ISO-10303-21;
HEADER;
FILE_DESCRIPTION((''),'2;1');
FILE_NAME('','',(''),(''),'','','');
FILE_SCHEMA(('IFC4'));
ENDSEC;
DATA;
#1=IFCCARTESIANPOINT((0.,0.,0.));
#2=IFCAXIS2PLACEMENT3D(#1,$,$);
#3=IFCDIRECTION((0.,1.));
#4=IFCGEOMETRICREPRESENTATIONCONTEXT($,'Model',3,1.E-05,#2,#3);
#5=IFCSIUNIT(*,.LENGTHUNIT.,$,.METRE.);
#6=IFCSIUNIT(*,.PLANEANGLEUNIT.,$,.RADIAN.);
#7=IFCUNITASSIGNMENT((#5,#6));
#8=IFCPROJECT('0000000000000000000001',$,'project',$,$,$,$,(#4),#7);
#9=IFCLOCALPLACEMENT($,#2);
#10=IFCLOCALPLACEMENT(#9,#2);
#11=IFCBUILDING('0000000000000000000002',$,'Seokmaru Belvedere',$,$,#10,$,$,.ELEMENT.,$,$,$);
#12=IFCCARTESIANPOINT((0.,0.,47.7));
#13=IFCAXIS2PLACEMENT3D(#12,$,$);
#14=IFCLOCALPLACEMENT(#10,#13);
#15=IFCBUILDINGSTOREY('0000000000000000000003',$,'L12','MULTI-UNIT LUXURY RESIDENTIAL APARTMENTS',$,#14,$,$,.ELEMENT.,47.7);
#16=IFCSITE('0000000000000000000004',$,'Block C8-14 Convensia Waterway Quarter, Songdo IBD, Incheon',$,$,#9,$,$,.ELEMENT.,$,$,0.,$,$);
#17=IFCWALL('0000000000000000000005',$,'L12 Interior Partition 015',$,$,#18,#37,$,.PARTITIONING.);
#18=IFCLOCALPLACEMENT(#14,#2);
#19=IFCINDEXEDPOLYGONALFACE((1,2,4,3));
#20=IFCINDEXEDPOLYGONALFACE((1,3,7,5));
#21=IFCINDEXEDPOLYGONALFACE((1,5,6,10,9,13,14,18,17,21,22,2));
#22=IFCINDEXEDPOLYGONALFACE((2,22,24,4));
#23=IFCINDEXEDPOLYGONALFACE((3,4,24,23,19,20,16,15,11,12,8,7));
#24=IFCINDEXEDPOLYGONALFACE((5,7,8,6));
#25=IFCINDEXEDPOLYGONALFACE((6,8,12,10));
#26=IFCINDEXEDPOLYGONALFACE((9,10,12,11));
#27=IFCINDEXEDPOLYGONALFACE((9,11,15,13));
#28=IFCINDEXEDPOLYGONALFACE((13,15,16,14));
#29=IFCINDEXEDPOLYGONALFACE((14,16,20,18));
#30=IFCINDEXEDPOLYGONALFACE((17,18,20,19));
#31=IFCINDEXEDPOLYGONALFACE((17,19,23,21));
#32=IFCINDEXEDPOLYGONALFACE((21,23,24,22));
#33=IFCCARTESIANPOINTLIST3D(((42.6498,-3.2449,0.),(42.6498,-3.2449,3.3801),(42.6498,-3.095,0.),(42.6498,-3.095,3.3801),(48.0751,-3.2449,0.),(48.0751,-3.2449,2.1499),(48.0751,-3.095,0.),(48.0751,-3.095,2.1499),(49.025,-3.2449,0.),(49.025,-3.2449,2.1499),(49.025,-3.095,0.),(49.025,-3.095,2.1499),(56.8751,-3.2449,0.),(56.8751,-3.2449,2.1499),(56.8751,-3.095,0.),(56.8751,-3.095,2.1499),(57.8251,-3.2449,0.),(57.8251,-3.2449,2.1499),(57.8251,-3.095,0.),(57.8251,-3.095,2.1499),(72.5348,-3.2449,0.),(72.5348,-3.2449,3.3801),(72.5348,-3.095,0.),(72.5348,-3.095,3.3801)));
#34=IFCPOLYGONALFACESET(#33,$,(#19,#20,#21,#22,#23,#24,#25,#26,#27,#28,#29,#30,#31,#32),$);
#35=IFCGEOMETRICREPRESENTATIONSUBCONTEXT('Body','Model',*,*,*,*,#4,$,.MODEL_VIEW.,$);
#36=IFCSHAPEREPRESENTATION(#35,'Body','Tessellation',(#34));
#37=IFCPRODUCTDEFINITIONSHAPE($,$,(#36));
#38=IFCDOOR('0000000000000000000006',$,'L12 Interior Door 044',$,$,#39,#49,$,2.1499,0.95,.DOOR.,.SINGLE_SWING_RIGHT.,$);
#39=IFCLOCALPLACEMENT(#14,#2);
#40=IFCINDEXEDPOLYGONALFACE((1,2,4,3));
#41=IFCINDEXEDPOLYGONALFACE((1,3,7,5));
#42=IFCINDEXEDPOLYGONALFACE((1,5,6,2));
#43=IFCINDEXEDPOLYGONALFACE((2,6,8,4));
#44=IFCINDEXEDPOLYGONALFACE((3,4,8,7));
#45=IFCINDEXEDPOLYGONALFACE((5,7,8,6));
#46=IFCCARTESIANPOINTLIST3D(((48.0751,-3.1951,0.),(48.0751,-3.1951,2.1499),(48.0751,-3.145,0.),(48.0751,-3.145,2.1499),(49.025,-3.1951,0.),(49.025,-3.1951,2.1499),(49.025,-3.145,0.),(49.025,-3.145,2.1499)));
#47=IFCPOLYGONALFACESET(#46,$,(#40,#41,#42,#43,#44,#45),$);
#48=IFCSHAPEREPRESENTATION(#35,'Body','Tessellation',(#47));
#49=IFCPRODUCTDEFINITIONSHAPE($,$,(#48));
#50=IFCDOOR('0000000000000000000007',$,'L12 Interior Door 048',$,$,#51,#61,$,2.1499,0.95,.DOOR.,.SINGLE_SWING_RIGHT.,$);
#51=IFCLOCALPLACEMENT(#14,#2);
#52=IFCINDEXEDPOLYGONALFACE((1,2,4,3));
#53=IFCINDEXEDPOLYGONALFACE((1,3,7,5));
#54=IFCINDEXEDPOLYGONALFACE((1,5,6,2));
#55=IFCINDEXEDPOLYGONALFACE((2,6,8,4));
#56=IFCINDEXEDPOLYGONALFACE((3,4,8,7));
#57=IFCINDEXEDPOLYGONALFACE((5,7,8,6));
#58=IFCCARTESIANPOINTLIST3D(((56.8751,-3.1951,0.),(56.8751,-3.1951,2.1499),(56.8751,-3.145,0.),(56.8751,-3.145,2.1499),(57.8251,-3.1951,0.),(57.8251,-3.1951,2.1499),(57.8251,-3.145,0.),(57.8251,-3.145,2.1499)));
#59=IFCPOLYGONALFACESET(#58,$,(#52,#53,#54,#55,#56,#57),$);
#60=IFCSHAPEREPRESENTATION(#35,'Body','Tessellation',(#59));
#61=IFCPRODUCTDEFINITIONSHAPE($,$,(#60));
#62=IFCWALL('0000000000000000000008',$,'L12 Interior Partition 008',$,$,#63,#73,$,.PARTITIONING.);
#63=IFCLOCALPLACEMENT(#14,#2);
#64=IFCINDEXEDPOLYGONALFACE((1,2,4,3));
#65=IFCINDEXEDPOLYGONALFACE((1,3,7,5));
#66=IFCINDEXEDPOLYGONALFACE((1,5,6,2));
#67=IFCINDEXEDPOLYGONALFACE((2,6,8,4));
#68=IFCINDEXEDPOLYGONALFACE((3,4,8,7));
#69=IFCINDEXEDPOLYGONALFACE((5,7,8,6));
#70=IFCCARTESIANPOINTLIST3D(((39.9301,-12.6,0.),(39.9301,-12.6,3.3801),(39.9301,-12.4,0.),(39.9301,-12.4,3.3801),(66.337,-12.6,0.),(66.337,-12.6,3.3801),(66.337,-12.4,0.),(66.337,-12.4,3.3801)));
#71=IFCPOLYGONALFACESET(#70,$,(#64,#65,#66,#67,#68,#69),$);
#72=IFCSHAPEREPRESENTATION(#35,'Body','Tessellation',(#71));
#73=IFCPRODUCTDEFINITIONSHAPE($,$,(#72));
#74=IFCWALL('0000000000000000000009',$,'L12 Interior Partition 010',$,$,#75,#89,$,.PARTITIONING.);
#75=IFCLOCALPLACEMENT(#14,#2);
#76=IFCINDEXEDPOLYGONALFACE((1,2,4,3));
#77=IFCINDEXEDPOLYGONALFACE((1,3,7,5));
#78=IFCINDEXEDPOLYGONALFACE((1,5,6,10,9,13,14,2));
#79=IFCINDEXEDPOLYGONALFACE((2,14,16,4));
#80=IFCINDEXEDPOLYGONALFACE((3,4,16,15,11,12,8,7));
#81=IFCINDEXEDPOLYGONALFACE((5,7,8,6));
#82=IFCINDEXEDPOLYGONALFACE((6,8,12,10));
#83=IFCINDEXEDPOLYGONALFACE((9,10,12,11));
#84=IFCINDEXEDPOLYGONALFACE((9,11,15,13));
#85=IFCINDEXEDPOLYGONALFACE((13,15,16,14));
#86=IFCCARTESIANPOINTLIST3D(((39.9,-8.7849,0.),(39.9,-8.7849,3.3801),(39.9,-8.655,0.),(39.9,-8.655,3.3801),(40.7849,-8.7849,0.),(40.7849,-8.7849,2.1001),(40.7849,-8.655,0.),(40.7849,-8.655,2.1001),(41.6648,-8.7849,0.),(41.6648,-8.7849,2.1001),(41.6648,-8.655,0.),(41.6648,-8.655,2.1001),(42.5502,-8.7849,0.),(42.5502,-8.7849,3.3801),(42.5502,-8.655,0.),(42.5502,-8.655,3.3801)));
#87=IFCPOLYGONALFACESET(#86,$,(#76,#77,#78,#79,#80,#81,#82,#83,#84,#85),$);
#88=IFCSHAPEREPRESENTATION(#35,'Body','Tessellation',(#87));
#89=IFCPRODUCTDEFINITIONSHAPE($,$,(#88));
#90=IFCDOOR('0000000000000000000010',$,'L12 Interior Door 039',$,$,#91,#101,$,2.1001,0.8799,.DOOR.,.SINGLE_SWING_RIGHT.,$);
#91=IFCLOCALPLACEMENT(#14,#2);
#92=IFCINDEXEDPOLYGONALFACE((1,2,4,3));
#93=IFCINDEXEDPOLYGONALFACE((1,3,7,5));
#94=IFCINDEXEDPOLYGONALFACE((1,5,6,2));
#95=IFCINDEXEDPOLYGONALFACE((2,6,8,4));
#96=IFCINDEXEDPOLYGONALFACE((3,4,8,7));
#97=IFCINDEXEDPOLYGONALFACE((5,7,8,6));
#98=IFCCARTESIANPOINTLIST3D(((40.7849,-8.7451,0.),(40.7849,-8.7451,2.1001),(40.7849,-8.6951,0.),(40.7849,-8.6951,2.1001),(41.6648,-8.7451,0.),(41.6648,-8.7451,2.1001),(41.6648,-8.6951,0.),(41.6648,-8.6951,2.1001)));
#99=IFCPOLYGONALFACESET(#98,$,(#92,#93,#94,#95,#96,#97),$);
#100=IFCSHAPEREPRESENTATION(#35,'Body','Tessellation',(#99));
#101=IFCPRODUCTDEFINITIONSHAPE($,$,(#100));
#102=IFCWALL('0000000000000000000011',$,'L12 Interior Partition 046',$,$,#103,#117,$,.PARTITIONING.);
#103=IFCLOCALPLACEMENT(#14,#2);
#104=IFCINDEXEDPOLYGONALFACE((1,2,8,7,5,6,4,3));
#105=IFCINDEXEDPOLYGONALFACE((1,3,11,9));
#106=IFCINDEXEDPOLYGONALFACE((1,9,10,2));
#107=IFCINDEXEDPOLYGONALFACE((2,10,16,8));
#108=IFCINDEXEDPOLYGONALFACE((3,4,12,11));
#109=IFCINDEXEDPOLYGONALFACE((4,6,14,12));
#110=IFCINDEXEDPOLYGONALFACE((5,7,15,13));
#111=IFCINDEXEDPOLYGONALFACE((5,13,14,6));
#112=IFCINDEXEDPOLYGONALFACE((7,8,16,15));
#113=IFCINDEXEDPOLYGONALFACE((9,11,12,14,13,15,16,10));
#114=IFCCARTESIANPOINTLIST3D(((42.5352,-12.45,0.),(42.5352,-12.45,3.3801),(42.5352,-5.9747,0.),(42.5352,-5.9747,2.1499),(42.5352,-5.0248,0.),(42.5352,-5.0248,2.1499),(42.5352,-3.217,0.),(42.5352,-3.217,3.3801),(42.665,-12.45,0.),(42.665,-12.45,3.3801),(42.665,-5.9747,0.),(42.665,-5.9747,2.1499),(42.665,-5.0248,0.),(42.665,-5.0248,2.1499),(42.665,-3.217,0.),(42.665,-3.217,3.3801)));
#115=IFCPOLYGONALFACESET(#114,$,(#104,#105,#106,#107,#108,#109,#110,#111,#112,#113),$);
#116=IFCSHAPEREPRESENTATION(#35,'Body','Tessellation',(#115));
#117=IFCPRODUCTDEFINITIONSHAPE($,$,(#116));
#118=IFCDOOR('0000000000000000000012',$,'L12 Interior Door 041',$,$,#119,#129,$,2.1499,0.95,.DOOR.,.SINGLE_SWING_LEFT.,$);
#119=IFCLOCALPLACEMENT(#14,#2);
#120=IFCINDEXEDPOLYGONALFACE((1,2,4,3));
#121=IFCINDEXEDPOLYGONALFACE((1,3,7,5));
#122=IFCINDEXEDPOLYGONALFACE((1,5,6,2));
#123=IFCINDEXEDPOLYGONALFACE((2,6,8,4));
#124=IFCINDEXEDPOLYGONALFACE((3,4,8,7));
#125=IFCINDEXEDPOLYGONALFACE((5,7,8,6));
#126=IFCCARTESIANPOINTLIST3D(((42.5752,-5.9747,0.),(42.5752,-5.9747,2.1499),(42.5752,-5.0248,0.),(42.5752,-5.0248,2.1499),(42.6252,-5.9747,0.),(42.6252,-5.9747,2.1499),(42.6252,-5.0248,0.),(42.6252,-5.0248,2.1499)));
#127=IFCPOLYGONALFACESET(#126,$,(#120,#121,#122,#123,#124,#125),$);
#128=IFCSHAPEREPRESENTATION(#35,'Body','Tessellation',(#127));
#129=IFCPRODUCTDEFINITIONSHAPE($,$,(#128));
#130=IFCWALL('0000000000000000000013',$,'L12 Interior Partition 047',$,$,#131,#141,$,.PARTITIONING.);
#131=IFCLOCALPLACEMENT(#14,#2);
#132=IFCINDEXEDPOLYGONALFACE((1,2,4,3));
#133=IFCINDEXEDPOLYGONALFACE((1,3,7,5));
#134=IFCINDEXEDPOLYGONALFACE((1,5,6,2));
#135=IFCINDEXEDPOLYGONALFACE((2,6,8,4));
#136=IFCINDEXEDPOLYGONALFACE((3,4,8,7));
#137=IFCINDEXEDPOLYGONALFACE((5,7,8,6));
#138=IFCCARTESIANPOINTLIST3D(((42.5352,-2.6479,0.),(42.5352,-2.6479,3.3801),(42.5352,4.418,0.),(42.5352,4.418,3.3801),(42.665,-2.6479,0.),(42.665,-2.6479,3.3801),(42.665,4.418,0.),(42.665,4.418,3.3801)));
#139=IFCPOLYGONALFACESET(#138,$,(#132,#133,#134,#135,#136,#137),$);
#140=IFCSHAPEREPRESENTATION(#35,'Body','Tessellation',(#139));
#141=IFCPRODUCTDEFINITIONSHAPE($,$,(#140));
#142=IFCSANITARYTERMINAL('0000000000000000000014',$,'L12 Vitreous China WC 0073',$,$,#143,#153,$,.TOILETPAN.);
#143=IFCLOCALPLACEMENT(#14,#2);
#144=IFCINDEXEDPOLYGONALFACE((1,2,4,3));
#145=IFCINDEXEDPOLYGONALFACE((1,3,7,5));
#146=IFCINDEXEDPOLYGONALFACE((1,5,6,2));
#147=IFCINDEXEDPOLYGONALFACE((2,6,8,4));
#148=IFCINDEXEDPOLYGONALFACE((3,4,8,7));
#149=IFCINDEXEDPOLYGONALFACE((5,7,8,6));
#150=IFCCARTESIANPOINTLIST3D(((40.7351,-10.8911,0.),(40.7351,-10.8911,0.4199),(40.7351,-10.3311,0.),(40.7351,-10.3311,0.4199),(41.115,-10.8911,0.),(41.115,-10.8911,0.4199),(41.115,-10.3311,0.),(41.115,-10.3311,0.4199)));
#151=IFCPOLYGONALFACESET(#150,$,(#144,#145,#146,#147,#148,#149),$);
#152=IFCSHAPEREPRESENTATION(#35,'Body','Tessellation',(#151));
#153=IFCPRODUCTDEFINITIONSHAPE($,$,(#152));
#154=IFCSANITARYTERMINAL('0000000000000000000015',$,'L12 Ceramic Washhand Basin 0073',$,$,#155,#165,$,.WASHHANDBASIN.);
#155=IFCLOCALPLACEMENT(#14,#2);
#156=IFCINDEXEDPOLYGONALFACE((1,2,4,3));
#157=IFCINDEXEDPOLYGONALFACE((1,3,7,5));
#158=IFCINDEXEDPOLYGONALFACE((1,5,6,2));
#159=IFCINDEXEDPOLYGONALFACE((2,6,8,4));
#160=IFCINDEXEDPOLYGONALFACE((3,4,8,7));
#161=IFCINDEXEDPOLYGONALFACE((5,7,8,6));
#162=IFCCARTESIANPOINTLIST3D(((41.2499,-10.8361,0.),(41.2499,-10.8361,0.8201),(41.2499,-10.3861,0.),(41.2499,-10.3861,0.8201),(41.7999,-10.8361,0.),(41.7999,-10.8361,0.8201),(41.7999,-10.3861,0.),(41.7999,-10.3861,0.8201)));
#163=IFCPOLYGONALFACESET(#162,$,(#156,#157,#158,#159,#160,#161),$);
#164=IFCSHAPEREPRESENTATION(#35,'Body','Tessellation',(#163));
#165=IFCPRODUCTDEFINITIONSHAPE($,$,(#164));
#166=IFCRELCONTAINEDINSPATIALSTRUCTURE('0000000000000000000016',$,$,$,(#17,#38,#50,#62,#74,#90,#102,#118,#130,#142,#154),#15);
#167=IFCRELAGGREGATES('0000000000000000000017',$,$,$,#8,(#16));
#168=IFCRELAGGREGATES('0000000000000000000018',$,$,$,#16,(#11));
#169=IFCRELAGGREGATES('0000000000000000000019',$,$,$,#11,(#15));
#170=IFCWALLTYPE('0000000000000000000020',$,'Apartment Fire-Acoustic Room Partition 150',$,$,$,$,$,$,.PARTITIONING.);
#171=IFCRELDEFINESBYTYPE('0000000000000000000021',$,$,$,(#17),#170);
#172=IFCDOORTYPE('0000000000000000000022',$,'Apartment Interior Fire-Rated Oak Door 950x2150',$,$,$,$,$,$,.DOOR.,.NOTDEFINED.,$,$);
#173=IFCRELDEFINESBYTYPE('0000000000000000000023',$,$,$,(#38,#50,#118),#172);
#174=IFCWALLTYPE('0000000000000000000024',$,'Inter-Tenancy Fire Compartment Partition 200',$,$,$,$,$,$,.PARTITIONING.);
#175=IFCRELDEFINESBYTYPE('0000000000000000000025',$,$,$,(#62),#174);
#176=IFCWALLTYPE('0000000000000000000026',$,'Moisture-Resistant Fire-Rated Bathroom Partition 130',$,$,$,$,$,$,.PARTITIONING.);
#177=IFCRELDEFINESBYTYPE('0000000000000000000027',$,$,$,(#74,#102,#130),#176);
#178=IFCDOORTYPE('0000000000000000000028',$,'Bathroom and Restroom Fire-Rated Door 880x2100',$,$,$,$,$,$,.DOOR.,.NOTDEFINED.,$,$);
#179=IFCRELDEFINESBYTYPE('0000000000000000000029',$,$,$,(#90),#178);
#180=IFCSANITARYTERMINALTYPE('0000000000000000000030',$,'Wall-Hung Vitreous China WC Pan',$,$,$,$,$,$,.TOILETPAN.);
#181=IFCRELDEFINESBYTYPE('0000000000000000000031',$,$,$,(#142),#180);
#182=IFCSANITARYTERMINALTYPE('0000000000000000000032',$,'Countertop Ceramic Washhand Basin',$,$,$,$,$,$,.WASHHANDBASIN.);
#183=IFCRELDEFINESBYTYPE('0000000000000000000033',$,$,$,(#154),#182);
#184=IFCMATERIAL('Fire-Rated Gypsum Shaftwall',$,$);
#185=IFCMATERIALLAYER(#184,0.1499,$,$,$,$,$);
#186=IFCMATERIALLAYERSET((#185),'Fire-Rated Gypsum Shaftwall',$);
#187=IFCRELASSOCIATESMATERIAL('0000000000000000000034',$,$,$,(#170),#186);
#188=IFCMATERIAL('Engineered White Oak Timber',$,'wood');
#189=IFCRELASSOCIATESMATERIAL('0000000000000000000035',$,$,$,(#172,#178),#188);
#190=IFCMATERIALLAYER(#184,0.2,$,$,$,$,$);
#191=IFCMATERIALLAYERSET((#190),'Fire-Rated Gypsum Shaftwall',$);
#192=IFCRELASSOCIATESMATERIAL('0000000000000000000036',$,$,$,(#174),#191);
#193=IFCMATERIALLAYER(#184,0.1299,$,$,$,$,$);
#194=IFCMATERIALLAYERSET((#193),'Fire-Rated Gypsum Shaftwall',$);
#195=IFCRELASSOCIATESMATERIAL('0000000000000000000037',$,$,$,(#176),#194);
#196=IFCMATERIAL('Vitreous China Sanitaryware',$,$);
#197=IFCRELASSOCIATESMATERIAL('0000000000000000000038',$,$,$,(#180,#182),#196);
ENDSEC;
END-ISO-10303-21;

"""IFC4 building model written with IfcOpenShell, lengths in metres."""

from ifc_helpers import new_model, si_unit, direction, frame, frame_2d, origin, origin_2d, place, context, subcontext, project, spatial, rectangle, extrude, source, transform, mapped, material, layer, layer_set, type_object, type_shapes, element, fill, save


model = new_model("IFC4")

# Units and contexts
model_context = context("Model", 3, precision=1e-05, world=origin(), true_north=direction((0.0, 1.0)))
body_context = subcontext(model_context, "Body", "Model", "MODEL_VIEW")
ifc_project = project(units=[si_unit("LENGTHUNIT", "METRE"), si_unit("PLANEANGLEUNIT", "RADIAN")], contexts=[model_context])

# Site, building, storey
site_placement = place(None, origin())
site = spatial("IfcSite", under=ifc_project, at=site_placement, Name="Block C8-14 Convensia Waterway Quarter, Songdo IBD, Incheon", CompositionType="ELEMENT", RefElevation=0.0)
building_placement = place(site_placement, origin())
building = spatial("IfcBuilding", under=site, at=building_placement, Name="Seokmaru Belvedere", CompositionType="ELEMENT")
storey_placement = place(building_placement, frame((0.0, 0.0, 47.7)))
storey = spatial("IfcBuildingStorey", under=building, at=storey_placement, Name="L12", Description="MULTI-UNIT LUXURY RESIDENTIAL APARTMENTS", CompositionType="ELEMENT", Elevation=47.7)

# Wall, openings, doors
ifc_material_1 = material(Name="Fire-Rated Gypsum Shaftwall")
ifc_layer_1 = layer(ifc_material_1, 0.1499)
ifc_layer_set_1 = layer_set([ifc_layer_1], Name="Fire-Rated Gypsum Shaftwall")
wall_type_1 = type_object("IfcWallType", Name="Apartment Fire-Acoustic Room Partition 150", PredefinedType="PARTITIONING", material=ifc_layer_set_1)
ifc_material_2 = material(Name="Engineered White Oak Timber", Category="wood")
door_type_1 = type_object("IfcDoorType", Name="Apartment Interior Fire-Rated Oak Door 950x2150", OperationType="NOTDEFINED", PredefinedType="DOOR", material=ifc_material_2)
shared_shape_1 = source(origin(), body_context, "Body", "SweptSolid", [
    extrude(rectangle(XDim=0.95, YDim=2.1499, at=frame_2d((0.4751, 1.075))), frame((0.0, 0.0249, 0.0), z_axis=(0.0, -1.0, 0.0), x_axis=(1.0, 0.0, 0.0)), (0.0, 0.0, 1.0), 0.05),
])
type_shapes(door_type_1, [shared_shape_1])
wall_1_placement = place(storey_placement, frame((42.6499, -3.1699, 0.0), z_axis=(0.0, 0.0, 1.0), x_axis=(1.0, 0.0, 0.0)))
wall_1 = element("IfcWall", 1, at=wall_1_placement, inside=storey, type_object=wall_type_1, Name="L12 Interior Partition 015", PredefinedType="PARTITIONING", context=body_context, shape_type="SweptSolid", body=[
    extrude(rectangle(XDim=29.885, YDim=0.1499, at=frame_2d((14.9424, 0.0))), origin(), (0.0, 0.0, 1.0), 3.3801),
])
opening_1_placement = place(wall_1_placement, frame((5.425, 0.0, 0.0)))
opening_1 = element("IfcOpeningElement", 2, at=opening_1_placement, cuts=wall_1, PredefinedType="OPENING", context=body_context, shape_type="SweptSolid", body=[
    extrude(rectangle(XDim=0.95, YDim=2.1499, at=frame_2d((0.4751, 1.075))), frame((0.0, 0.085, 0.0), z_axis=(0.0, -1.0, 0.0), x_axis=(1.0, 0.0, 0.0)), (0.0, 0.0, 1.0), 0.1699),
])
opening_2_placement = place(wall_1_placement, frame((14.2251, 0.0, 0.0)))
opening_2 = element("IfcOpeningElement", 3, at=opening_2_placement, cuts=wall_1, PredefinedType="OPENING", context=body_context, shape_type="SweptSolid", body=[
    extrude(rectangle(XDim=0.95, YDim=2.1499, at=frame_2d((0.4751, 1.075))), frame((0.0, 0.085, 0.0), z_axis=(0.0, -1.0, 0.0), x_axis=(1.0, 0.0, 0.0)), (0.0, 0.0, 1.0), 0.1699),
])
door_1_placement = place(opening_1_placement, origin())
door_1 = element("IfcDoor", 4, at=door_1_placement, inside=storey, type_object=door_type_1, Name="L12 Interior Door 044", OperationType="SINGLE_SWING_RIGHT", OverallHeight=2.1499, OverallWidth=0.95, PredefinedType="DOOR", context=body_context, shape_type="MappedRepresentation", body=[
    mapped(shared_shape_1, transform((0.0, 0.0, 0.0), scale=1.0)),
])
fill(opening_1, door_1)
door_2_placement = place(opening_2_placement, origin())
door_2 = element("IfcDoor", 5, at=door_2_placement, inside=storey, type_object=door_type_1, Name="L12 Interior Door 048", OperationType="SINGLE_SWING_RIGHT", OverallHeight=2.1499, OverallWidth=0.95, PredefinedType="DOOR", context=body_context, shape_type="MappedRepresentation", body=[
    mapped(shared_shape_1, transform((0.0, 0.0, 0.0), scale=1.0)),
])
fill(opening_2, door_2)

# Wall
ifc_layer_2 = layer(ifc_material_1, 0.2)
ifc_layer_set_2 = layer_set([ifc_layer_2], Name="Fire-Rated Gypsum Shaftwall")
wall_type_2 = type_object("IfcWallType", Name="Inter-Tenancy Fire Compartment Partition 200", PredefinedType="PARTITIONING", material=ifc_layer_set_2)
wall_2_placement = place(storey_placement, frame((39.9299, -12.5, 0.0), z_axis=(0.0, 0.0, 1.0), x_axis=(1.0, 0.0, 0.0)))
element("IfcWall", 6, at=wall_2_placement, inside=storey, type_object=wall_type_2, Name="L12 Interior Partition 008", PredefinedType="PARTITIONING", context=body_context, shape_type="SweptSolid", body=[
    extrude(rectangle(XDim=26.407, YDim=0.2, at=frame_2d((13.2036, 0.0))), origin(), (0.0, 0.0, 1.0), 3.3801),
])

# Walls, openings, doors
ifc_layer_3 = layer(ifc_material_1, 0.1299)
ifc_layer_set_3 = layer_set([ifc_layer_3], Name="Fire-Rated Gypsum Shaftwall")
wall_type_3 = type_object("IfcWallType", Name="Moisture-Resistant Fire-Rated Bathroom Partition 130", PredefinedType="PARTITIONING", material=ifc_layer_set_3)
wall_3_placement = place(storey_placement, frame((39.8999, -8.72, 0.0), z_axis=(0.0, 0.0, 1.0), x_axis=(1.0, 0.0, 0.0)))
wall_3 = element("IfcWall", 7, at=wall_3_placement, inside=storey, type_object=wall_type_3, Name="L12 Interior Partition 010", PredefinedType="PARTITIONING", context=body_context, shape_type="SweptSolid", body=[
    extrude(rectangle(XDim=2.6501, YDim=0.1299, at=frame_2d((1.3252, 0.0))), origin(), (0.0, 0.0, 1.0), 3.3801),
])
opening_3_placement = place(wall_3_placement, frame((0.885, 0.0, 0.0)))
opening_3 = element("IfcOpeningElement", 8, at=opening_3_placement, cuts=wall_3, PredefinedType="OPENING", context=body_context, shape_type="SweptSolid", body=[
    extrude(rectangle(XDim=0.8799, YDim=2.1001, at=frame_2d((0.4399, 1.05))), frame((0.0, 0.075, 0.0), z_axis=(0.0, -1.0, 0.0), x_axis=(1.0, 0.0, 0.0)), (0.0, 0.0, 1.0), 0.1499),
])
door_type_2 = type_object("IfcDoorType", Name="Bathroom and Restroom Fire-Rated Door 880x2100", OperationType="NOTDEFINED", PredefinedType="DOOR", material=ifc_material_2)
shared_shape_2 = source(origin(), body_context, "Body", "SweptSolid", [
    extrude(rectangle(XDim=0.8799, YDim=2.1001, at=frame_2d((0.4399, 1.05))), frame((0.0, 0.0249, 0.0), z_axis=(0.0, -1.0, 0.0), x_axis=(1.0, 0.0, 0.0)), (0.0, 0.0, 1.0), 0.05),
])
type_shapes(door_type_2, [shared_shape_2])
door_3_placement = place(opening_3_placement, origin())
door_3 = element("IfcDoor", 9, at=door_3_placement, inside=storey, type_object=door_type_2, Name="L12 Interior Door 039", OperationType="SINGLE_SWING_RIGHT", OverallHeight=2.1001, OverallWidth=0.8799, PredefinedType="DOOR", context=body_context, shape_type="MappedRepresentation", body=[
    mapped(shared_shape_2, transform((0.0, 0.0, 0.0), scale=1.0)),
])
fill(opening_3, door_3)
wall_4_placement = place(storey_placement, frame((42.6001, -12.45, 0.0), z_axis=(0.0, 0.0, 1.0), x_axis=(0.0, 1.0, 0.0)))
wall_4 = element("IfcWall", 10, at=wall_4_placement, inside=storey, type_object=wall_type_3, Name="L12 Interior Partition 046", PredefinedType="PARTITIONING", context=body_context, shape_type="SweptSolid", body=[
    extrude(rectangle(XDim=9.2329, YDim=0.1299, at=frame_2d((4.6165, 0.0))), origin(), (0.0, 0.0, 1.0), 3.3801),
])
opening_4_placement = place(wall_4_placement, frame((6.4751, 0.0, 0.0)))
opening_4 = element("IfcOpeningElement", 11, at=opening_4_placement, cuts=wall_4, PredefinedType="OPENING", context=body_context, shape_type="SweptSolid", body=[
    extrude(rectangle(XDim=0.95, YDim=2.1499, at=frame_2d((0.4751, 1.075))), frame((0.0, 0.075, 0.0), z_axis=(0.0, -1.0, 0.0), x_axis=(1.0, 0.0, 0.0)), (0.0, 0.0, 1.0), 0.1499),
])
door_4_placement = place(opening_4_placement, origin())
door_4 = element("IfcDoor", 12, at=door_4_placement, inside=storey, type_object=door_type_1, Name="L12 Interior Door 041", OperationType="SINGLE_SWING_LEFT", OverallHeight=2.1499, OverallWidth=0.95, PredefinedType="DOOR", context=body_context, shape_type="MappedRepresentation", body=[
    mapped(shared_shape_1, transform((0.0, 0.0, 0.0), scale=1.0)),
])
fill(opening_4, door_4)

# Wall
wall_5_placement = place(storey_placement, frame((42.6001, -2.6479, 0.0), z_axis=(0.0, 0.0, 1.0), x_axis=(0.0, 1.0, 0.0)))
element("IfcWall", 13, at=wall_5_placement, inside=storey, type_object=wall_type_3, Name="L12 Interior Partition 047", PredefinedType="PARTITIONING", context=body_context, shape_type="SweptSolid", body=[
    extrude(rectangle(XDim=7.0659, YDim=0.1299, at=frame_2d((3.533, 0.0))), origin(), (0.0, 0.0, 1.0), 3.3801),
])

# Sanitary terminals
ifc_material_3 = material(Name="Vitreous China Sanitaryware")
sanitary_terminal_type_1 = type_object("IfcSanitaryTerminalType", Name="Wall-Hung Vitreous China WC Pan", PredefinedType="TOILETPAN", material=ifc_material_3)
shared_shape_3 = source(origin(), body_context, "Body", "SweptSolid", [
    extrude(rectangle(XDim=0.3799, YDim=0.5601, at=origin_2d()), origin(), (0.0, 0.0, 1.0), 0.4199),
])
type_shapes(sanitary_terminal_type_1, [shared_shape_3])
sanitary_terminal_1_placement = place(storey_placement, frame((40.925, -10.6111, 0.0), z_axis=(0.0, 0.0, 1.0), x_axis=(1.0, 0.0, 0.0)))
element("IfcSanitaryTerminal", 14, at=sanitary_terminal_1_placement, inside=storey, type_object=sanitary_terminal_type_1, Name="L12 Vitreous China WC 0073", PredefinedType="TOILETPAN", context=body_context, shape_type="MappedRepresentation", body=[
    mapped(shared_shape_3, transform((0.0, 0.0, 0.0), scale=1.0)),
])
sanitary_terminal_type_2 = type_object("IfcSanitaryTerminalType", Name="Countertop Ceramic Washhand Basin", PredefinedType="WASHHANDBASIN", material=ifc_material_3)
shared_shape_4 = source(origin(), body_context, "Body", "SweptSolid", [
    extrude(rectangle(XDim=0.55, YDim=0.45, at=origin_2d()), origin(), (0.0, 0.0, 1.0), 0.8201),
])
type_shapes(sanitary_terminal_type_2, [shared_shape_4])
sanitary_terminal_2_placement = place(storey_placement, frame((41.5249, -10.6111, 0.0), z_axis=(0.0, 0.0, 1.0), x_axis=(1.0, 0.0, 0.0)))
element("IfcSanitaryTerminal", 15, at=sanitary_terminal_2_placement, inside=storey, type_object=sanitary_terminal_type_2, Name="L12 Ceramic Washhand Basin 0073", PredefinedType="WASHHANDBASIN", context=body_context, shape_type="MappedRepresentation", body=[
    mapped(shared_shape_4, transform((0.0, 0.0, 0.0), scale=1.0)),
])

save(model, "model.ifc")
